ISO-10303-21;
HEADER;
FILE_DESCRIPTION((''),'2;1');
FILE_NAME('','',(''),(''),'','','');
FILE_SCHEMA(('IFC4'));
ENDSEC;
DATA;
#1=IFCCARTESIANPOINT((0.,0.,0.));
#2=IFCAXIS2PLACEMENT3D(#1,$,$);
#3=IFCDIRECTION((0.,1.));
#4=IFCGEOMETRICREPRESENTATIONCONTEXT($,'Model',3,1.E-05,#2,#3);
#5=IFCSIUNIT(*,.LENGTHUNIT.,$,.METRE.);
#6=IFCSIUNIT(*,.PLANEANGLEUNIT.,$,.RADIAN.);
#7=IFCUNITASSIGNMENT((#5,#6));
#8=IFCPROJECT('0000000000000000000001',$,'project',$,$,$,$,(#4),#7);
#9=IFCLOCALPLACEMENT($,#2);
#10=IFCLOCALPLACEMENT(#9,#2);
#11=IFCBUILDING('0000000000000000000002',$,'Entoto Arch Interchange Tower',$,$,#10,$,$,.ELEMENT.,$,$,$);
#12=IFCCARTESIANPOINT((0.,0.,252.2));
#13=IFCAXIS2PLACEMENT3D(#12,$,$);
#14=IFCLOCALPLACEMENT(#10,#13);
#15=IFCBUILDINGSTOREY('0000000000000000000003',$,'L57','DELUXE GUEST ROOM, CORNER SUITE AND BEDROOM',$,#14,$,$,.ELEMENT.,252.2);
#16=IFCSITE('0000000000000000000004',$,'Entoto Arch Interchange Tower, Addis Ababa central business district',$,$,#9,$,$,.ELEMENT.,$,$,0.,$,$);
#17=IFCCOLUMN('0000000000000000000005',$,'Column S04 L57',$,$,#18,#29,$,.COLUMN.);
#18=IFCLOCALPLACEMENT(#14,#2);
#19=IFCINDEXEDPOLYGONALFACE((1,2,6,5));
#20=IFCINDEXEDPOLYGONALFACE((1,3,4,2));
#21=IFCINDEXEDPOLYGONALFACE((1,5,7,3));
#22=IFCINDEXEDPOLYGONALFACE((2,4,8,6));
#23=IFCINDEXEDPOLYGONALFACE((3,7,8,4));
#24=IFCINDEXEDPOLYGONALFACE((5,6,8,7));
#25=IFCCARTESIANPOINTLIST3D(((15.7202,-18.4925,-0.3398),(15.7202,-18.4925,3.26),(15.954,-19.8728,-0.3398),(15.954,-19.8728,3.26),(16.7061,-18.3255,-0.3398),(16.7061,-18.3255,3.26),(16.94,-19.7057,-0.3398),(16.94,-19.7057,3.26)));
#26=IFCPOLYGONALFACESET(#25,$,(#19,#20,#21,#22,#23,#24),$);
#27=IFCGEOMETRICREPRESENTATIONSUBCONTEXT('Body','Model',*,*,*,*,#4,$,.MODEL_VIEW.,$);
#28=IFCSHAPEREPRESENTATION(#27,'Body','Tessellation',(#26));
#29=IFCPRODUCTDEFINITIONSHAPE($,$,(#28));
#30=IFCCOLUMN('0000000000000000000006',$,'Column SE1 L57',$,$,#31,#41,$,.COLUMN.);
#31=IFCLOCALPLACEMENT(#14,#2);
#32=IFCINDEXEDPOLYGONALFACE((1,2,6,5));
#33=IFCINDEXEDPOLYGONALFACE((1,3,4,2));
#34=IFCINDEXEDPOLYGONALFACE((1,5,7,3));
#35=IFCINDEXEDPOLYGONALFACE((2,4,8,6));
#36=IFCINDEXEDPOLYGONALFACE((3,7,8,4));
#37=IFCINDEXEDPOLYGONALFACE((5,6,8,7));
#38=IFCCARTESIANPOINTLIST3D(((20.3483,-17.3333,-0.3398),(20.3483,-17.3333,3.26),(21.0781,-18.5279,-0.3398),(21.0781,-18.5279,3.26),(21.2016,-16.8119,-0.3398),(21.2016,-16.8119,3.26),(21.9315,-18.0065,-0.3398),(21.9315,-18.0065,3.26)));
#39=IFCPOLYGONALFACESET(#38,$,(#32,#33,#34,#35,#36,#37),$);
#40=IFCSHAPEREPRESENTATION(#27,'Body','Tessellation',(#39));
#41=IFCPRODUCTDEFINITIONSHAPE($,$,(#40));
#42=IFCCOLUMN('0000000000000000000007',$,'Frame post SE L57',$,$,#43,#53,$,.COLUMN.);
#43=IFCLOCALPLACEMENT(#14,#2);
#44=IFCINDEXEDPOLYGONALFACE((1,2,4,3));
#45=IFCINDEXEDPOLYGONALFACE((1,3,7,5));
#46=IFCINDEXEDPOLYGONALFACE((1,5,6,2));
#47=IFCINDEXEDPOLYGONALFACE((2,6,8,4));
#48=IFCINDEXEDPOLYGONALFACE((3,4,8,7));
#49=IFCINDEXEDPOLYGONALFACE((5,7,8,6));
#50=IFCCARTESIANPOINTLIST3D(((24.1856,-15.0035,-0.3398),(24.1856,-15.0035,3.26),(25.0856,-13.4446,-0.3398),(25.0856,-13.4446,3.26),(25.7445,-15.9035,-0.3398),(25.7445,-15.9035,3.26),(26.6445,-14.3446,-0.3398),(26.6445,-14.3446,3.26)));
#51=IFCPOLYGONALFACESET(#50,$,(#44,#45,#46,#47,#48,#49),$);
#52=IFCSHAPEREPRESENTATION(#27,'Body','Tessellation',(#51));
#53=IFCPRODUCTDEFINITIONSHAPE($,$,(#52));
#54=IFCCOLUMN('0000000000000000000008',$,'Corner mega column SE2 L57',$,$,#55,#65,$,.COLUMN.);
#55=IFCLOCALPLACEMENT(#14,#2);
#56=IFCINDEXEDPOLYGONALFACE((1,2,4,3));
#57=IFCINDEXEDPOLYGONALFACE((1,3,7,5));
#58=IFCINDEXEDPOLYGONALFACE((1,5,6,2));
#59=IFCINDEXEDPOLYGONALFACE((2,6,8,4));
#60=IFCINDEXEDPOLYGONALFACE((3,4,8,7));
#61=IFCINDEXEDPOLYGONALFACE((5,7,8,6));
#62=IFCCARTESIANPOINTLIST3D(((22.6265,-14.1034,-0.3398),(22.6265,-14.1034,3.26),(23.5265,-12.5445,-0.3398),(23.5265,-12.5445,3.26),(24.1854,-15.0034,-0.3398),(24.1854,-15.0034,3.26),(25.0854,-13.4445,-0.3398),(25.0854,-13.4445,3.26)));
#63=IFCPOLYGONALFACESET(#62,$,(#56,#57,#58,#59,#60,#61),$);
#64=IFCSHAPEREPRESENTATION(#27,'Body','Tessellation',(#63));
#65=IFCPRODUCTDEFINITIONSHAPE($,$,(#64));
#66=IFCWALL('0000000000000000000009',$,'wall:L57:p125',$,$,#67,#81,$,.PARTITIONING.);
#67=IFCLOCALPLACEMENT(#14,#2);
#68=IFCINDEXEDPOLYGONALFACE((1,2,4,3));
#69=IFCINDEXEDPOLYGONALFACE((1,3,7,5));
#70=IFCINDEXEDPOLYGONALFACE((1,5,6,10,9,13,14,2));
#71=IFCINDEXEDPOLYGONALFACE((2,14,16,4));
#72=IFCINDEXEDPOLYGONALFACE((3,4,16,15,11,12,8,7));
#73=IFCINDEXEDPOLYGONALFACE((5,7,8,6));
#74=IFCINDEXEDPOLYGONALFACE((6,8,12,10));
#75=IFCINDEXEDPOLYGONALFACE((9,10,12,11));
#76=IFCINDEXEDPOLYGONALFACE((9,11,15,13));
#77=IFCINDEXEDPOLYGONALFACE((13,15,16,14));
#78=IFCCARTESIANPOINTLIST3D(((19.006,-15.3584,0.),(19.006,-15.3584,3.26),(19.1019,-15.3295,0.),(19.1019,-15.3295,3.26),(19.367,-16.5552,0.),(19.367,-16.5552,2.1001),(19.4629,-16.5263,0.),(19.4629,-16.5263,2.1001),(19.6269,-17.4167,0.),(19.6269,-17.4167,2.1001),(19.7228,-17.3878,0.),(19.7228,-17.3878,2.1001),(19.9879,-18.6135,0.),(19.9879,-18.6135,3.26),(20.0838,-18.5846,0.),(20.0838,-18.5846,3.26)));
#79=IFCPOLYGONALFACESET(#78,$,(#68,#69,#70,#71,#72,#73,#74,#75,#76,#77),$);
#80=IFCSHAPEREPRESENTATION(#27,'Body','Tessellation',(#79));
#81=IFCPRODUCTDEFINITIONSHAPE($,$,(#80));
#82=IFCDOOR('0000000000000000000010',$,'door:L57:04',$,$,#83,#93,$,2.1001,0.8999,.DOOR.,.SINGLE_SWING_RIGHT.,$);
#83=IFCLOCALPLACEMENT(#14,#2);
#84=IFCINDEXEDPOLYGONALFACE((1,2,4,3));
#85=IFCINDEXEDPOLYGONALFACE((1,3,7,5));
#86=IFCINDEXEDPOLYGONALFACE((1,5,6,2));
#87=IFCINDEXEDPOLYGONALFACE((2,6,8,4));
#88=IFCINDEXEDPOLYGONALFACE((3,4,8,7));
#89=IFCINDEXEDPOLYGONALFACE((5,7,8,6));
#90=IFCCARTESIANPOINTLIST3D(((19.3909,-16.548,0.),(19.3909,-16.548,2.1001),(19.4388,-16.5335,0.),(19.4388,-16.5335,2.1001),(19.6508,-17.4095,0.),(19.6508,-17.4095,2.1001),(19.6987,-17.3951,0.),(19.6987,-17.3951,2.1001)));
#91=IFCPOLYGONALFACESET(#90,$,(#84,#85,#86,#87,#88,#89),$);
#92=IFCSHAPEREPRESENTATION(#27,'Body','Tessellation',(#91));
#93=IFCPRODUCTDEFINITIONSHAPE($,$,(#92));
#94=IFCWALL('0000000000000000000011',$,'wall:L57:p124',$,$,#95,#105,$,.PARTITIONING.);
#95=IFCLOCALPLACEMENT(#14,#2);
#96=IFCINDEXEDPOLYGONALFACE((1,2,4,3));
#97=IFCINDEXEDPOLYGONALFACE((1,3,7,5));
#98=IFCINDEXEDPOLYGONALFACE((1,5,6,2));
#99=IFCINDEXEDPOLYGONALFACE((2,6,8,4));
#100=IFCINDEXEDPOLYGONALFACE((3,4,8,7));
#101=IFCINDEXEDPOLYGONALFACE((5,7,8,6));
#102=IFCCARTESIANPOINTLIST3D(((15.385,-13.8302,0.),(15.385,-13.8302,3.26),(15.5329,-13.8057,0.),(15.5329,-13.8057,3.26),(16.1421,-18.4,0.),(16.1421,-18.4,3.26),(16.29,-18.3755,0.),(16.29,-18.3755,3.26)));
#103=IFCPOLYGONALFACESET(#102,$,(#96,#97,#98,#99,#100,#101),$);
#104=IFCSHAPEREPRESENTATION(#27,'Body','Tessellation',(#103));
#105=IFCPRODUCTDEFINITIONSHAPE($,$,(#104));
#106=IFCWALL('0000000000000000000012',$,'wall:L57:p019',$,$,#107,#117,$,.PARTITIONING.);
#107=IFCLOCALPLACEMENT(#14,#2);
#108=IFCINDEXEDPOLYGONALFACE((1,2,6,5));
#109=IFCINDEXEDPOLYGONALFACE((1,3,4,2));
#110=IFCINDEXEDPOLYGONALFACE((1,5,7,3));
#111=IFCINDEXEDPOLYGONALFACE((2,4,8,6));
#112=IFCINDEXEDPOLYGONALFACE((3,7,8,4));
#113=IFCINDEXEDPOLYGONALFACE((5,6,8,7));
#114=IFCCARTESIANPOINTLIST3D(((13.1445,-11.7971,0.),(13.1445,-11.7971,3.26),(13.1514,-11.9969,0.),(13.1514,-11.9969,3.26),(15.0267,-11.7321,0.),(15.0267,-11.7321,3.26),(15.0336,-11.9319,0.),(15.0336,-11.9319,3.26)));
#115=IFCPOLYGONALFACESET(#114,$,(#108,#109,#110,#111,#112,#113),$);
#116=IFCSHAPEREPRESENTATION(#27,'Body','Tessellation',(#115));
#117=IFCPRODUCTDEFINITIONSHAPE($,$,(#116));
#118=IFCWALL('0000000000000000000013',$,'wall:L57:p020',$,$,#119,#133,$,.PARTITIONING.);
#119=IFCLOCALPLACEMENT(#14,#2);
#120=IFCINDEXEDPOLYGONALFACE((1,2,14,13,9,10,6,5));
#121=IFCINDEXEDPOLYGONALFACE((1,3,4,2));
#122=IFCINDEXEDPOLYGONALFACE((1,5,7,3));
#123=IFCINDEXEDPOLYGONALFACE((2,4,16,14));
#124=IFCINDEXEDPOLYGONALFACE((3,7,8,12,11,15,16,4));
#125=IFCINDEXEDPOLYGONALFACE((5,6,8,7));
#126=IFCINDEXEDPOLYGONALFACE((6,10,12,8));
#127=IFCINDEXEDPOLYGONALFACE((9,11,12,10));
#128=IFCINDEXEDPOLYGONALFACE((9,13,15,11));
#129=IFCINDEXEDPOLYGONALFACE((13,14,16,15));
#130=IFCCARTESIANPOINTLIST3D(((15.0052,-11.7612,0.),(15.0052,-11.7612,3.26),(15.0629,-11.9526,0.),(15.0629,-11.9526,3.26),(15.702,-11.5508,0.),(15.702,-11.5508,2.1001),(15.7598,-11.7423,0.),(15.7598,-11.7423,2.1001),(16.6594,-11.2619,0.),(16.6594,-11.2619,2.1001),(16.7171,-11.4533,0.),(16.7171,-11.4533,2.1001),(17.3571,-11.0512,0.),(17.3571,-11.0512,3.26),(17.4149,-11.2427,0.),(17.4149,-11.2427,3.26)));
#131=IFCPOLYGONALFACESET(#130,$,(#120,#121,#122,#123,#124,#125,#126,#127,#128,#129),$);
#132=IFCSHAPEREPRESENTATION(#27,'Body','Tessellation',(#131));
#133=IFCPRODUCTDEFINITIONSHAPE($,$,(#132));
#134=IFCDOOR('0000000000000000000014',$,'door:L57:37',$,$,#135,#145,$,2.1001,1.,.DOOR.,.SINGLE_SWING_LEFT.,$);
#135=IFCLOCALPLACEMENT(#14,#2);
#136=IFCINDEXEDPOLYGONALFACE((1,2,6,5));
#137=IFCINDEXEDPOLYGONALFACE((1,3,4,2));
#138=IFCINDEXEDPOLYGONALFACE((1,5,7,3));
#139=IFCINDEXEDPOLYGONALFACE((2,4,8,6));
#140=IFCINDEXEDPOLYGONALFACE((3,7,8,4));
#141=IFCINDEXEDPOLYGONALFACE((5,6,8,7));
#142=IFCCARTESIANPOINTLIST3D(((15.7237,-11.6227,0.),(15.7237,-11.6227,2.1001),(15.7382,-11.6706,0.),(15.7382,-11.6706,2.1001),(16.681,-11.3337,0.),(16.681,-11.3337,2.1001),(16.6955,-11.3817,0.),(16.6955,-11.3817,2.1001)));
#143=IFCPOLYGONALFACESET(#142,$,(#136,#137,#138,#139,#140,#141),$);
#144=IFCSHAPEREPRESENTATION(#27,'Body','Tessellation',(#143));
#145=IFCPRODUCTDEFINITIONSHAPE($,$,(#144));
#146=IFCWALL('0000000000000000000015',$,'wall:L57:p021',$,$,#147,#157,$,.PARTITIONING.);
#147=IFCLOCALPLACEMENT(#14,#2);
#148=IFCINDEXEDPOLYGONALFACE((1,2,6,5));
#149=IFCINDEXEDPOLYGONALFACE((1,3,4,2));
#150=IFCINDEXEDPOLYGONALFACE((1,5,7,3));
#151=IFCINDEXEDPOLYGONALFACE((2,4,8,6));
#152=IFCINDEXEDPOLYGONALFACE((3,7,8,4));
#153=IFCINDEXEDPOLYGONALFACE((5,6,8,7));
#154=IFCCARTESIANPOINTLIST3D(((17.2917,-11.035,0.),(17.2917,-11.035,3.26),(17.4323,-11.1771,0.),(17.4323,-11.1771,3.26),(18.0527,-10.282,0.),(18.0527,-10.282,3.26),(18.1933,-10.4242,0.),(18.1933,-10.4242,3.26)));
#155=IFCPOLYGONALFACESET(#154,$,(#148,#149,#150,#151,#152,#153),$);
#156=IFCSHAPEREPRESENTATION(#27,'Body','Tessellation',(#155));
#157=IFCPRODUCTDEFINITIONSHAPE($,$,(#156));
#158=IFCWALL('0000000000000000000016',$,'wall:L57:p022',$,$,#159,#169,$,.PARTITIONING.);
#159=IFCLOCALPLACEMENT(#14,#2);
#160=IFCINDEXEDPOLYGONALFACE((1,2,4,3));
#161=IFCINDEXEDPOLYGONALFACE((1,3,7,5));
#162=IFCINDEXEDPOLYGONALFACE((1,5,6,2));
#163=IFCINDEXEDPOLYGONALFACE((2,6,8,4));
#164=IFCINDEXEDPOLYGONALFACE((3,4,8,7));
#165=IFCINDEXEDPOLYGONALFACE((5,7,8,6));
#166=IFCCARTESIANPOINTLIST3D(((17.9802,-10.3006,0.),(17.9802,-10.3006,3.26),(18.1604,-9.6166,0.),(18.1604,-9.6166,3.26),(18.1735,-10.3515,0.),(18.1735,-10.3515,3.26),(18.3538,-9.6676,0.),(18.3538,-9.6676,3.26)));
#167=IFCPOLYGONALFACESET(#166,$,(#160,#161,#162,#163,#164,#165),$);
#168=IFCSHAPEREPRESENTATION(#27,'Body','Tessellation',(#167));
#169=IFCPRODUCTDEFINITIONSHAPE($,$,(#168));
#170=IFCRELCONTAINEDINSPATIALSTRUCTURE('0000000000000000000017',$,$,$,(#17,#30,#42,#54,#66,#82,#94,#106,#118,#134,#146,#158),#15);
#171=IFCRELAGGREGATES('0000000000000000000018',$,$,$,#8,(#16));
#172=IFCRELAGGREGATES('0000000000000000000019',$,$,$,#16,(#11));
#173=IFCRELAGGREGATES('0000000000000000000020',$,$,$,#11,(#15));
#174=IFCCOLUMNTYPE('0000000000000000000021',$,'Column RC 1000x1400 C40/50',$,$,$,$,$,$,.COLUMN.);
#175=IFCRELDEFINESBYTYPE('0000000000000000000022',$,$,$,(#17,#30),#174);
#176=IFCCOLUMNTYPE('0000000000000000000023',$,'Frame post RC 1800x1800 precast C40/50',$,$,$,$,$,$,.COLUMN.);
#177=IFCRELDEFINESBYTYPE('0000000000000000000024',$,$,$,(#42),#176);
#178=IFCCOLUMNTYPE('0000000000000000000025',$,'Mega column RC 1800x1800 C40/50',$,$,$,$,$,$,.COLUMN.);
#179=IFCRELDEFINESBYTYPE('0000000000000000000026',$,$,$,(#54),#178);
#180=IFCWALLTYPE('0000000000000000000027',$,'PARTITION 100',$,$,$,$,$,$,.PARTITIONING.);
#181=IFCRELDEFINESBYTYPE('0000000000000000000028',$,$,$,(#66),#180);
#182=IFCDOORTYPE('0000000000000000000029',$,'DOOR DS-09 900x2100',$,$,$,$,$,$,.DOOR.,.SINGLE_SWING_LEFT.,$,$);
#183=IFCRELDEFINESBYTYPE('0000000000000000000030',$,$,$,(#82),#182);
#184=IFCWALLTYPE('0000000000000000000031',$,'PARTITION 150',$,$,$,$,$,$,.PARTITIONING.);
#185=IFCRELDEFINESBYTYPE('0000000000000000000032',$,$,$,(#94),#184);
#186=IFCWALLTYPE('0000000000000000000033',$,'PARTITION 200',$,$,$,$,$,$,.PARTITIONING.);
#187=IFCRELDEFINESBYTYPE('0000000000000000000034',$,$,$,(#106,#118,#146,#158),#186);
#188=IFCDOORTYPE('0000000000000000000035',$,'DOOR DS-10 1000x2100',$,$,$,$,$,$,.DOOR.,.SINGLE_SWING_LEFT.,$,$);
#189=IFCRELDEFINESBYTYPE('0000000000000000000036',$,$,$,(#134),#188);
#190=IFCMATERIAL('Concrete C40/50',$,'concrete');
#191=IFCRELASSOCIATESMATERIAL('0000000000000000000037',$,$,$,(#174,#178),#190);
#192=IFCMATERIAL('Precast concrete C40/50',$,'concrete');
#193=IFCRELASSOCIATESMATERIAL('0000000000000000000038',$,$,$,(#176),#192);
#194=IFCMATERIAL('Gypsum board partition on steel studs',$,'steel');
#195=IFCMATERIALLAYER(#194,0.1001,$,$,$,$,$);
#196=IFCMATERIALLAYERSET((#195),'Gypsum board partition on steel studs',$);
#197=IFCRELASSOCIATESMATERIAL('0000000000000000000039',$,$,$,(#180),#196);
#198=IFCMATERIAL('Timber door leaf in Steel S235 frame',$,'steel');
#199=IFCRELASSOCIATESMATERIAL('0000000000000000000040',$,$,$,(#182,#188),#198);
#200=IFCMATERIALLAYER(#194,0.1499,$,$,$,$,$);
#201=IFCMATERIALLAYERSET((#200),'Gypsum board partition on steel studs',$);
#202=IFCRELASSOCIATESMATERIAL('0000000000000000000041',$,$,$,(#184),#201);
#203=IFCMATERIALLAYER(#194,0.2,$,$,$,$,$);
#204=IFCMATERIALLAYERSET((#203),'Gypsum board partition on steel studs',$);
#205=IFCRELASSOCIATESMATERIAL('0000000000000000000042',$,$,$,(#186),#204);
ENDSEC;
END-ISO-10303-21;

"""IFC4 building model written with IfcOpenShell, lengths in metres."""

from ifc_helpers import new_model, si_unit, direction, frame, frame_2d, origin, origin_2d, place, context, subcontext, project, spatial, rectangle, extrude, material, layer, layer_set, material_profile, profile_set, type_object, element, fill, save


model = new_model("IFC4")

# Units and contexts
model_context = context("Model", 3, precision=1e-05, world=origin(), true_north=direction((0.0, 1.0)))
body_context = subcontext(model_context, "Body", "Model", "MODEL_VIEW")
ifc_project = project(units=[si_unit("LENGTHUNIT", "METRE"), si_unit("PLANEANGLEUNIT", "RADIAN")], contexts=[model_context])

# Site, building, storey
site_placement = place(None, origin())
site = spatial("IfcSite", under=ifc_project, at=site_placement, Name="Entoto Arch Interchange Tower, Addis Ababa central business district", CompositionType="ELEMENT", RefElevation=0.0)
building_placement = place(site_placement, origin())
building = spatial("IfcBuilding", under=site, at=building_placement, Name="Entoto Arch Interchange Tower", CompositionType="ELEMENT")
storey_placement = place(building_placement, frame((0.0, 0.0, 252.2)))
storey = spatial("IfcBuildingStorey", under=building, at=storey_placement, Name="L57", Description="DELUXE GUEST ROOM, CORNER SUITE AND BEDROOM", CompositionType="ELEMENT", Elevation=252.2)

# Columns
ifc_material_1 = material(Name="Concrete C40/50", Category="concrete")
ifc_material_profile_1 = material_profile(ifc_material_1, rectangle(XDim=1.0, YDim=1.3999, at=origin_2d()))
ifc_profile_set_1 = profile_set([ifc_material_profile_1], Name="Concrete C40/50")
column_type_1 = type_object("IfcColumnType", Name="Column RC 1000x1400 C40/50", PredefinedType="COLUMN", material=ifc_profile_set_1)
for number, where, z_axis, x_axis, name in (
    (1, (16.3301, -19.0991, -0.3398), (0.0, 0.0, 1.0), (0.985952, 0.167027, 0.0), "Column S04 L57"),
    (2, (21.1399, -17.6699, -0.3398), (0.0, 0.0, 1.0), (0.853342, 0.521352, 0.0), "Column SE1 L57"),
):
    element("IfcColumn", number, at=place(storey_placement, frame(where, z_axis=z_axis, x_axis=x_axis)), inside=storey, type_object=column_type_1, Name=name, PredefinedType="COLUMN", context=body_context, shape_type="SweptSolid", body=[
        extrude(rectangle(XDim=1.0, YDim=1.3999, at=origin_2d()), origin(), (0.0, 0.0, 1.0), 3.5999),
    ])
ifc_material_2 = material(Name="Precast concrete C40/50", Category="concrete")
ifc_material_profile_2 = material_profile(ifc_material_2, rectangle(XDim=1.8, YDim=1.8, at=origin_2d()))
ifc_profile_set_2 = profile_set([ifc_material_profile_2], Name="Precast concrete C40/50")
column_type_2 = type_object("IfcColumnType", Name="Frame post RC 1800x1800 precast C40/50", PredefinedType="COLUMN", material=ifc_profile_set_2)
column_1_placement = place(storey_placement, frame((25.415, -14.6741, -0.3398), z_axis=(0.0, 0.0, 1.0), x_axis=(-0.866025, 0.5, 0.0)))
element("IfcColumn", 3, at=column_1_placement, inside=storey, type_object=column_type_2, Name="Frame post SE L57", PredefinedType="COLUMN", context=body_context, shape_type="SweptSolid", body=[
    extrude(rectangle(XDim=1.8, YDim=1.8, at=origin_2d()), origin(), (0.0, 0.0, 1.0), 3.5999),
])
ifc_material_profile_3 = material_profile(ifc_material_1, rectangle(XDim=1.8, YDim=1.8, at=origin_2d()))
ifc_profile_set_3 = profile_set([ifc_material_profile_3], Name="Concrete C40/50")
column_type_3 = type_object("IfcColumnType", Name="Mega column RC 1800x1800 C40/50", PredefinedType="COLUMN", material=ifc_profile_set_3)
column_2_placement = place(storey_placement, frame((23.856, -13.7739, -0.3398), z_axis=(0.0, 0.0, 1.0), x_axis=(-0.866025, 0.5, 0.0)))
element("IfcColumn", 4, at=column_2_placement, inside=storey, type_object=column_type_3, Name="Corner mega column SE2 L57", PredefinedType="COLUMN", context=body_context, shape_type="SweptSolid", body=[
    extrude(rectangle(XDim=1.8, YDim=1.8, at=origin_2d()), origin(), (0.0, 0.0, 1.0), 3.5999),
])

# Wall, opening, door
ifc_material_3 = material(Name="Gypsum board partition on steel studs", Category="steel")
ifc_layer_1 = layer(ifc_material_3, 0.1001)
ifc_layer_set_1 = layer_set([ifc_layer_1], Name="Gypsum board partition on steel studs")
wall_type_1 = type_object("IfcWallType", Name="PARTITION 100", PredefinedType="PARTITIONING", material=ifc_layer_set_1)
wall_1_placement = place(storey_placement, frame((19.054, -15.344, 0.0), z_axis=(0.0, 0.0, 1.0), x_axis=(0.288803, -0.957388, 0.0)))
wall_1 = element("IfcWall", 5, at=wall_1_placement, inside=storey, type_object=wall_type_1, Name="wall:L57:p125", PredefinedType="PARTITIONING", context=body_context, shape_type="SweptSolid", body=[
    extrude(rectangle(XDim=3.3999, YDim=0.1001, at=frame_2d((1.7, 0.0))), origin(), (0.0, 0.0, 1.0), 3.26),
])
opening_1_placement = place(wall_1_placement, frame((1.25, 0.0, 0.0)))
opening_1 = element("IfcOpeningElement", 6, at=opening_1_placement, cuts=wall_1, PredefinedType="OPENING", context=body_context, shape_type="SweptSolid", body=[
    extrude(rectangle(XDim=0.8999, YDim=2.1001, at=frame_2d((0.45, 1.05))), frame((0.0, 0.0601, 0.0), z_axis=(0.0, -1.0, 0.0), x_axis=(1.0, 0.0, 0.0)), (0.0, 0.0, 1.0), 0.1201),
])
ifc_material_4 = material(Name="Timber door leaf in Steel S235 frame", Category="steel")
door_type_1 = type_object("IfcDoorType", Name="DOOR DS-09 900x2100", OperationType="SINGLE_SWING_LEFT", PredefinedType="DOOR", material=ifc_material_4)
door_1_placement = place(opening_1_placement, origin())
door_1 = element("IfcDoor", 7, at=door_1_placement, inside=storey, type_object=door_type_1, Name="door:L57:04", OperationType="SINGLE_SWING_RIGHT", OverallHeight=2.1001, OverallWidth=0.8999, PredefinedType="DOOR", context=body_context, shape_type="SweptSolid", body=[
    extrude(rectangle(XDim=0.8999, YDim=2.1001, at=frame_2d((0.45, 1.05))), frame((0.0, 0.0249, 0.0), z_axis=(0.0, -1.0, 0.0), x_axis=(1.0, 0.0, 0.0)), (0.0, 0.0, 1.0), 0.05),
])
fill(opening_1, door_1)

# Walls
ifc_layer_2 = layer(ifc_material_3, 0.1499)
ifc_layer_set_2 = layer_set([ifc_layer_2], Name="Gypsum board partition on steel studs")
wall_type_2 = type_object("IfcWallType", Name="PARTITION 150", PredefinedType="PARTITIONING", material=ifc_layer_set_2)
wall_2_placement = place(storey_placement, frame((15.459, -13.8181, 0.0), z_axis=(0.0, 0.0, 1.0), x_axis=(0.163442, -0.986553, 0.0)))
element("IfcWall", 8, at=wall_2_placement, inside=storey, type_object=wall_type_2, Name="wall:L57:p124", PredefinedType="PARTITIONING", context=body_context, shape_type="SweptSolid", body=[
    extrude(rectangle(XDim=4.6321, YDim=0.1499, at=frame_2d((2.3159, 0.0))), origin(), (0.0, 0.0, 1.0), 3.26),
])
ifc_layer_3 = layer(ifc_material_3, 0.2)
ifc_layer_set_3 = layer_set([ifc_layer_3], Name="Gypsum board partition on steel studs")
wall_type_3 = type_object("IfcWallType", Name="PARTITION 200", PredefinedType="PARTITIONING", material=ifc_layer_set_3)
wall_3_placement = place(storey_placement, frame((13.1479, -11.897, 0.0), z_axis=(0.0, 0.0, 1.0), x_axis=(0.999405, 0.034485, 0.0)))
element("IfcWall", 9, at=wall_3_placement, inside=storey, type_object=wall_type_3, Name="wall:L57:p019", PredefinedType="PARTITIONING", context=body_context, shape_type="SweptSolid", body=[
    extrude(rectangle(XDim=1.8833, YDim=0.2, at=frame_2d((0.9417, 0.0))), origin(), (0.0, 0.0, 1.0), 3.26),
])

# Wall, opening, door
wall_4_placement = place(storey_placement, frame((15.0339, -11.8569, 0.0), z_axis=(0.0, 0.0, 1.0), x_axis=(0.957338, 0.28897, 0.0)))
wall_4 = element("IfcWall", 10, at=wall_4_placement, inside=storey, type_object=wall_type_3, Name="wall:L57:p020", PredefinedType="PARTITIONING", context=body_context, shape_type="SweptSolid", body=[
    extrude(rectangle(XDim=2.4568, YDim=0.2, at=frame_2d((1.2285, 0.0))), origin(), (0.0, 0.0, 1.0), 3.26),
])
opening_2_placement = place(wall_4_placement, frame((0.728, 0.0, 0.0)))
opening_2 = element("IfcOpeningElement", 11, at=opening_2_placement, cuts=wall_4, PredefinedType="OPENING", context=body_context, shape_type="SweptSolid", body=[
    extrude(rectangle(XDim=1.0, YDim=2.1001, at=frame_2d((0.5, 1.05))), frame((0.0, 0.1099, 0.0), z_axis=(0.0, -1.0, 0.0), x_axis=(1.0, 0.0, 0.0)), (0.0, 0.0, 1.0), 0.22),
])
door_type_2 = type_object("IfcDoorType", Name="DOOR DS-10 1000x2100", OperationType="SINGLE_SWING_LEFT", PredefinedType="DOOR", material=ifc_material_4)
door_2_placement = place(opening_2_placement, origin())
door_2 = element("IfcDoor", 12, at=door_2_placement, inside=storey, type_object=door_type_2, Name="door:L57:37", OperationType="SINGLE_SWING_LEFT", OverallHeight=2.1001, OverallWidth=1.0, PredefinedType="DOOR", context=body_context, shape_type="SweptSolid", body=[
    extrude(rectangle(XDim=1.0, YDim=2.1001, at=frame_2d((0.5, 1.05))), frame((0.0, 0.0249, 0.0), z_axis=(0.0, -1.0, 0.0), x_axis=(1.0, 0.0, 0.0)), (0.0, 0.0, 1.0), 0.05),
])
fill(opening_2, door_2)

# Walls
wall_5_placement = place(storey_placement, frame((17.3621, -11.106, 0.0), z_axis=(0.0, 0.0, 1.0), x_axis=(0.71086, 0.703334, 0.0)))
element("IfcWall", 13, at=wall_5_placement, inside=storey, type_object=wall_type_3, Name="wall:L57:p021", PredefinedType="PARTITIONING", context=body_context, shape_type="SweptSolid", body=[
    extrude(rectangle(XDim=1.0706, YDim=0.2, at=frame_2d((0.5352, 0.0))), origin(), (0.0, 0.0, 1.0), 3.26),
])
wall_6_placement = place(storey_placement, frame((18.0769, -10.3259, 0.0), z_axis=(0.0, 0.0, 1.0), x_axis=(0.254782, 0.966998, 0.0)))
element("IfcWall", 14, at=wall_6_placement, inside=storey, type_object=wall_type_3, Name="wall:L57:p022", PredefinedType="PARTITIONING", context=body_context, shape_type="SweptSolid", body=[
    extrude(rectangle(XDim=0.7073, YDim=0.2, at=frame_2d((0.3535, 0.0))), origin(), (0.0, 0.0, 1.0), 3.26),
])

save(model, "model.ifc")
